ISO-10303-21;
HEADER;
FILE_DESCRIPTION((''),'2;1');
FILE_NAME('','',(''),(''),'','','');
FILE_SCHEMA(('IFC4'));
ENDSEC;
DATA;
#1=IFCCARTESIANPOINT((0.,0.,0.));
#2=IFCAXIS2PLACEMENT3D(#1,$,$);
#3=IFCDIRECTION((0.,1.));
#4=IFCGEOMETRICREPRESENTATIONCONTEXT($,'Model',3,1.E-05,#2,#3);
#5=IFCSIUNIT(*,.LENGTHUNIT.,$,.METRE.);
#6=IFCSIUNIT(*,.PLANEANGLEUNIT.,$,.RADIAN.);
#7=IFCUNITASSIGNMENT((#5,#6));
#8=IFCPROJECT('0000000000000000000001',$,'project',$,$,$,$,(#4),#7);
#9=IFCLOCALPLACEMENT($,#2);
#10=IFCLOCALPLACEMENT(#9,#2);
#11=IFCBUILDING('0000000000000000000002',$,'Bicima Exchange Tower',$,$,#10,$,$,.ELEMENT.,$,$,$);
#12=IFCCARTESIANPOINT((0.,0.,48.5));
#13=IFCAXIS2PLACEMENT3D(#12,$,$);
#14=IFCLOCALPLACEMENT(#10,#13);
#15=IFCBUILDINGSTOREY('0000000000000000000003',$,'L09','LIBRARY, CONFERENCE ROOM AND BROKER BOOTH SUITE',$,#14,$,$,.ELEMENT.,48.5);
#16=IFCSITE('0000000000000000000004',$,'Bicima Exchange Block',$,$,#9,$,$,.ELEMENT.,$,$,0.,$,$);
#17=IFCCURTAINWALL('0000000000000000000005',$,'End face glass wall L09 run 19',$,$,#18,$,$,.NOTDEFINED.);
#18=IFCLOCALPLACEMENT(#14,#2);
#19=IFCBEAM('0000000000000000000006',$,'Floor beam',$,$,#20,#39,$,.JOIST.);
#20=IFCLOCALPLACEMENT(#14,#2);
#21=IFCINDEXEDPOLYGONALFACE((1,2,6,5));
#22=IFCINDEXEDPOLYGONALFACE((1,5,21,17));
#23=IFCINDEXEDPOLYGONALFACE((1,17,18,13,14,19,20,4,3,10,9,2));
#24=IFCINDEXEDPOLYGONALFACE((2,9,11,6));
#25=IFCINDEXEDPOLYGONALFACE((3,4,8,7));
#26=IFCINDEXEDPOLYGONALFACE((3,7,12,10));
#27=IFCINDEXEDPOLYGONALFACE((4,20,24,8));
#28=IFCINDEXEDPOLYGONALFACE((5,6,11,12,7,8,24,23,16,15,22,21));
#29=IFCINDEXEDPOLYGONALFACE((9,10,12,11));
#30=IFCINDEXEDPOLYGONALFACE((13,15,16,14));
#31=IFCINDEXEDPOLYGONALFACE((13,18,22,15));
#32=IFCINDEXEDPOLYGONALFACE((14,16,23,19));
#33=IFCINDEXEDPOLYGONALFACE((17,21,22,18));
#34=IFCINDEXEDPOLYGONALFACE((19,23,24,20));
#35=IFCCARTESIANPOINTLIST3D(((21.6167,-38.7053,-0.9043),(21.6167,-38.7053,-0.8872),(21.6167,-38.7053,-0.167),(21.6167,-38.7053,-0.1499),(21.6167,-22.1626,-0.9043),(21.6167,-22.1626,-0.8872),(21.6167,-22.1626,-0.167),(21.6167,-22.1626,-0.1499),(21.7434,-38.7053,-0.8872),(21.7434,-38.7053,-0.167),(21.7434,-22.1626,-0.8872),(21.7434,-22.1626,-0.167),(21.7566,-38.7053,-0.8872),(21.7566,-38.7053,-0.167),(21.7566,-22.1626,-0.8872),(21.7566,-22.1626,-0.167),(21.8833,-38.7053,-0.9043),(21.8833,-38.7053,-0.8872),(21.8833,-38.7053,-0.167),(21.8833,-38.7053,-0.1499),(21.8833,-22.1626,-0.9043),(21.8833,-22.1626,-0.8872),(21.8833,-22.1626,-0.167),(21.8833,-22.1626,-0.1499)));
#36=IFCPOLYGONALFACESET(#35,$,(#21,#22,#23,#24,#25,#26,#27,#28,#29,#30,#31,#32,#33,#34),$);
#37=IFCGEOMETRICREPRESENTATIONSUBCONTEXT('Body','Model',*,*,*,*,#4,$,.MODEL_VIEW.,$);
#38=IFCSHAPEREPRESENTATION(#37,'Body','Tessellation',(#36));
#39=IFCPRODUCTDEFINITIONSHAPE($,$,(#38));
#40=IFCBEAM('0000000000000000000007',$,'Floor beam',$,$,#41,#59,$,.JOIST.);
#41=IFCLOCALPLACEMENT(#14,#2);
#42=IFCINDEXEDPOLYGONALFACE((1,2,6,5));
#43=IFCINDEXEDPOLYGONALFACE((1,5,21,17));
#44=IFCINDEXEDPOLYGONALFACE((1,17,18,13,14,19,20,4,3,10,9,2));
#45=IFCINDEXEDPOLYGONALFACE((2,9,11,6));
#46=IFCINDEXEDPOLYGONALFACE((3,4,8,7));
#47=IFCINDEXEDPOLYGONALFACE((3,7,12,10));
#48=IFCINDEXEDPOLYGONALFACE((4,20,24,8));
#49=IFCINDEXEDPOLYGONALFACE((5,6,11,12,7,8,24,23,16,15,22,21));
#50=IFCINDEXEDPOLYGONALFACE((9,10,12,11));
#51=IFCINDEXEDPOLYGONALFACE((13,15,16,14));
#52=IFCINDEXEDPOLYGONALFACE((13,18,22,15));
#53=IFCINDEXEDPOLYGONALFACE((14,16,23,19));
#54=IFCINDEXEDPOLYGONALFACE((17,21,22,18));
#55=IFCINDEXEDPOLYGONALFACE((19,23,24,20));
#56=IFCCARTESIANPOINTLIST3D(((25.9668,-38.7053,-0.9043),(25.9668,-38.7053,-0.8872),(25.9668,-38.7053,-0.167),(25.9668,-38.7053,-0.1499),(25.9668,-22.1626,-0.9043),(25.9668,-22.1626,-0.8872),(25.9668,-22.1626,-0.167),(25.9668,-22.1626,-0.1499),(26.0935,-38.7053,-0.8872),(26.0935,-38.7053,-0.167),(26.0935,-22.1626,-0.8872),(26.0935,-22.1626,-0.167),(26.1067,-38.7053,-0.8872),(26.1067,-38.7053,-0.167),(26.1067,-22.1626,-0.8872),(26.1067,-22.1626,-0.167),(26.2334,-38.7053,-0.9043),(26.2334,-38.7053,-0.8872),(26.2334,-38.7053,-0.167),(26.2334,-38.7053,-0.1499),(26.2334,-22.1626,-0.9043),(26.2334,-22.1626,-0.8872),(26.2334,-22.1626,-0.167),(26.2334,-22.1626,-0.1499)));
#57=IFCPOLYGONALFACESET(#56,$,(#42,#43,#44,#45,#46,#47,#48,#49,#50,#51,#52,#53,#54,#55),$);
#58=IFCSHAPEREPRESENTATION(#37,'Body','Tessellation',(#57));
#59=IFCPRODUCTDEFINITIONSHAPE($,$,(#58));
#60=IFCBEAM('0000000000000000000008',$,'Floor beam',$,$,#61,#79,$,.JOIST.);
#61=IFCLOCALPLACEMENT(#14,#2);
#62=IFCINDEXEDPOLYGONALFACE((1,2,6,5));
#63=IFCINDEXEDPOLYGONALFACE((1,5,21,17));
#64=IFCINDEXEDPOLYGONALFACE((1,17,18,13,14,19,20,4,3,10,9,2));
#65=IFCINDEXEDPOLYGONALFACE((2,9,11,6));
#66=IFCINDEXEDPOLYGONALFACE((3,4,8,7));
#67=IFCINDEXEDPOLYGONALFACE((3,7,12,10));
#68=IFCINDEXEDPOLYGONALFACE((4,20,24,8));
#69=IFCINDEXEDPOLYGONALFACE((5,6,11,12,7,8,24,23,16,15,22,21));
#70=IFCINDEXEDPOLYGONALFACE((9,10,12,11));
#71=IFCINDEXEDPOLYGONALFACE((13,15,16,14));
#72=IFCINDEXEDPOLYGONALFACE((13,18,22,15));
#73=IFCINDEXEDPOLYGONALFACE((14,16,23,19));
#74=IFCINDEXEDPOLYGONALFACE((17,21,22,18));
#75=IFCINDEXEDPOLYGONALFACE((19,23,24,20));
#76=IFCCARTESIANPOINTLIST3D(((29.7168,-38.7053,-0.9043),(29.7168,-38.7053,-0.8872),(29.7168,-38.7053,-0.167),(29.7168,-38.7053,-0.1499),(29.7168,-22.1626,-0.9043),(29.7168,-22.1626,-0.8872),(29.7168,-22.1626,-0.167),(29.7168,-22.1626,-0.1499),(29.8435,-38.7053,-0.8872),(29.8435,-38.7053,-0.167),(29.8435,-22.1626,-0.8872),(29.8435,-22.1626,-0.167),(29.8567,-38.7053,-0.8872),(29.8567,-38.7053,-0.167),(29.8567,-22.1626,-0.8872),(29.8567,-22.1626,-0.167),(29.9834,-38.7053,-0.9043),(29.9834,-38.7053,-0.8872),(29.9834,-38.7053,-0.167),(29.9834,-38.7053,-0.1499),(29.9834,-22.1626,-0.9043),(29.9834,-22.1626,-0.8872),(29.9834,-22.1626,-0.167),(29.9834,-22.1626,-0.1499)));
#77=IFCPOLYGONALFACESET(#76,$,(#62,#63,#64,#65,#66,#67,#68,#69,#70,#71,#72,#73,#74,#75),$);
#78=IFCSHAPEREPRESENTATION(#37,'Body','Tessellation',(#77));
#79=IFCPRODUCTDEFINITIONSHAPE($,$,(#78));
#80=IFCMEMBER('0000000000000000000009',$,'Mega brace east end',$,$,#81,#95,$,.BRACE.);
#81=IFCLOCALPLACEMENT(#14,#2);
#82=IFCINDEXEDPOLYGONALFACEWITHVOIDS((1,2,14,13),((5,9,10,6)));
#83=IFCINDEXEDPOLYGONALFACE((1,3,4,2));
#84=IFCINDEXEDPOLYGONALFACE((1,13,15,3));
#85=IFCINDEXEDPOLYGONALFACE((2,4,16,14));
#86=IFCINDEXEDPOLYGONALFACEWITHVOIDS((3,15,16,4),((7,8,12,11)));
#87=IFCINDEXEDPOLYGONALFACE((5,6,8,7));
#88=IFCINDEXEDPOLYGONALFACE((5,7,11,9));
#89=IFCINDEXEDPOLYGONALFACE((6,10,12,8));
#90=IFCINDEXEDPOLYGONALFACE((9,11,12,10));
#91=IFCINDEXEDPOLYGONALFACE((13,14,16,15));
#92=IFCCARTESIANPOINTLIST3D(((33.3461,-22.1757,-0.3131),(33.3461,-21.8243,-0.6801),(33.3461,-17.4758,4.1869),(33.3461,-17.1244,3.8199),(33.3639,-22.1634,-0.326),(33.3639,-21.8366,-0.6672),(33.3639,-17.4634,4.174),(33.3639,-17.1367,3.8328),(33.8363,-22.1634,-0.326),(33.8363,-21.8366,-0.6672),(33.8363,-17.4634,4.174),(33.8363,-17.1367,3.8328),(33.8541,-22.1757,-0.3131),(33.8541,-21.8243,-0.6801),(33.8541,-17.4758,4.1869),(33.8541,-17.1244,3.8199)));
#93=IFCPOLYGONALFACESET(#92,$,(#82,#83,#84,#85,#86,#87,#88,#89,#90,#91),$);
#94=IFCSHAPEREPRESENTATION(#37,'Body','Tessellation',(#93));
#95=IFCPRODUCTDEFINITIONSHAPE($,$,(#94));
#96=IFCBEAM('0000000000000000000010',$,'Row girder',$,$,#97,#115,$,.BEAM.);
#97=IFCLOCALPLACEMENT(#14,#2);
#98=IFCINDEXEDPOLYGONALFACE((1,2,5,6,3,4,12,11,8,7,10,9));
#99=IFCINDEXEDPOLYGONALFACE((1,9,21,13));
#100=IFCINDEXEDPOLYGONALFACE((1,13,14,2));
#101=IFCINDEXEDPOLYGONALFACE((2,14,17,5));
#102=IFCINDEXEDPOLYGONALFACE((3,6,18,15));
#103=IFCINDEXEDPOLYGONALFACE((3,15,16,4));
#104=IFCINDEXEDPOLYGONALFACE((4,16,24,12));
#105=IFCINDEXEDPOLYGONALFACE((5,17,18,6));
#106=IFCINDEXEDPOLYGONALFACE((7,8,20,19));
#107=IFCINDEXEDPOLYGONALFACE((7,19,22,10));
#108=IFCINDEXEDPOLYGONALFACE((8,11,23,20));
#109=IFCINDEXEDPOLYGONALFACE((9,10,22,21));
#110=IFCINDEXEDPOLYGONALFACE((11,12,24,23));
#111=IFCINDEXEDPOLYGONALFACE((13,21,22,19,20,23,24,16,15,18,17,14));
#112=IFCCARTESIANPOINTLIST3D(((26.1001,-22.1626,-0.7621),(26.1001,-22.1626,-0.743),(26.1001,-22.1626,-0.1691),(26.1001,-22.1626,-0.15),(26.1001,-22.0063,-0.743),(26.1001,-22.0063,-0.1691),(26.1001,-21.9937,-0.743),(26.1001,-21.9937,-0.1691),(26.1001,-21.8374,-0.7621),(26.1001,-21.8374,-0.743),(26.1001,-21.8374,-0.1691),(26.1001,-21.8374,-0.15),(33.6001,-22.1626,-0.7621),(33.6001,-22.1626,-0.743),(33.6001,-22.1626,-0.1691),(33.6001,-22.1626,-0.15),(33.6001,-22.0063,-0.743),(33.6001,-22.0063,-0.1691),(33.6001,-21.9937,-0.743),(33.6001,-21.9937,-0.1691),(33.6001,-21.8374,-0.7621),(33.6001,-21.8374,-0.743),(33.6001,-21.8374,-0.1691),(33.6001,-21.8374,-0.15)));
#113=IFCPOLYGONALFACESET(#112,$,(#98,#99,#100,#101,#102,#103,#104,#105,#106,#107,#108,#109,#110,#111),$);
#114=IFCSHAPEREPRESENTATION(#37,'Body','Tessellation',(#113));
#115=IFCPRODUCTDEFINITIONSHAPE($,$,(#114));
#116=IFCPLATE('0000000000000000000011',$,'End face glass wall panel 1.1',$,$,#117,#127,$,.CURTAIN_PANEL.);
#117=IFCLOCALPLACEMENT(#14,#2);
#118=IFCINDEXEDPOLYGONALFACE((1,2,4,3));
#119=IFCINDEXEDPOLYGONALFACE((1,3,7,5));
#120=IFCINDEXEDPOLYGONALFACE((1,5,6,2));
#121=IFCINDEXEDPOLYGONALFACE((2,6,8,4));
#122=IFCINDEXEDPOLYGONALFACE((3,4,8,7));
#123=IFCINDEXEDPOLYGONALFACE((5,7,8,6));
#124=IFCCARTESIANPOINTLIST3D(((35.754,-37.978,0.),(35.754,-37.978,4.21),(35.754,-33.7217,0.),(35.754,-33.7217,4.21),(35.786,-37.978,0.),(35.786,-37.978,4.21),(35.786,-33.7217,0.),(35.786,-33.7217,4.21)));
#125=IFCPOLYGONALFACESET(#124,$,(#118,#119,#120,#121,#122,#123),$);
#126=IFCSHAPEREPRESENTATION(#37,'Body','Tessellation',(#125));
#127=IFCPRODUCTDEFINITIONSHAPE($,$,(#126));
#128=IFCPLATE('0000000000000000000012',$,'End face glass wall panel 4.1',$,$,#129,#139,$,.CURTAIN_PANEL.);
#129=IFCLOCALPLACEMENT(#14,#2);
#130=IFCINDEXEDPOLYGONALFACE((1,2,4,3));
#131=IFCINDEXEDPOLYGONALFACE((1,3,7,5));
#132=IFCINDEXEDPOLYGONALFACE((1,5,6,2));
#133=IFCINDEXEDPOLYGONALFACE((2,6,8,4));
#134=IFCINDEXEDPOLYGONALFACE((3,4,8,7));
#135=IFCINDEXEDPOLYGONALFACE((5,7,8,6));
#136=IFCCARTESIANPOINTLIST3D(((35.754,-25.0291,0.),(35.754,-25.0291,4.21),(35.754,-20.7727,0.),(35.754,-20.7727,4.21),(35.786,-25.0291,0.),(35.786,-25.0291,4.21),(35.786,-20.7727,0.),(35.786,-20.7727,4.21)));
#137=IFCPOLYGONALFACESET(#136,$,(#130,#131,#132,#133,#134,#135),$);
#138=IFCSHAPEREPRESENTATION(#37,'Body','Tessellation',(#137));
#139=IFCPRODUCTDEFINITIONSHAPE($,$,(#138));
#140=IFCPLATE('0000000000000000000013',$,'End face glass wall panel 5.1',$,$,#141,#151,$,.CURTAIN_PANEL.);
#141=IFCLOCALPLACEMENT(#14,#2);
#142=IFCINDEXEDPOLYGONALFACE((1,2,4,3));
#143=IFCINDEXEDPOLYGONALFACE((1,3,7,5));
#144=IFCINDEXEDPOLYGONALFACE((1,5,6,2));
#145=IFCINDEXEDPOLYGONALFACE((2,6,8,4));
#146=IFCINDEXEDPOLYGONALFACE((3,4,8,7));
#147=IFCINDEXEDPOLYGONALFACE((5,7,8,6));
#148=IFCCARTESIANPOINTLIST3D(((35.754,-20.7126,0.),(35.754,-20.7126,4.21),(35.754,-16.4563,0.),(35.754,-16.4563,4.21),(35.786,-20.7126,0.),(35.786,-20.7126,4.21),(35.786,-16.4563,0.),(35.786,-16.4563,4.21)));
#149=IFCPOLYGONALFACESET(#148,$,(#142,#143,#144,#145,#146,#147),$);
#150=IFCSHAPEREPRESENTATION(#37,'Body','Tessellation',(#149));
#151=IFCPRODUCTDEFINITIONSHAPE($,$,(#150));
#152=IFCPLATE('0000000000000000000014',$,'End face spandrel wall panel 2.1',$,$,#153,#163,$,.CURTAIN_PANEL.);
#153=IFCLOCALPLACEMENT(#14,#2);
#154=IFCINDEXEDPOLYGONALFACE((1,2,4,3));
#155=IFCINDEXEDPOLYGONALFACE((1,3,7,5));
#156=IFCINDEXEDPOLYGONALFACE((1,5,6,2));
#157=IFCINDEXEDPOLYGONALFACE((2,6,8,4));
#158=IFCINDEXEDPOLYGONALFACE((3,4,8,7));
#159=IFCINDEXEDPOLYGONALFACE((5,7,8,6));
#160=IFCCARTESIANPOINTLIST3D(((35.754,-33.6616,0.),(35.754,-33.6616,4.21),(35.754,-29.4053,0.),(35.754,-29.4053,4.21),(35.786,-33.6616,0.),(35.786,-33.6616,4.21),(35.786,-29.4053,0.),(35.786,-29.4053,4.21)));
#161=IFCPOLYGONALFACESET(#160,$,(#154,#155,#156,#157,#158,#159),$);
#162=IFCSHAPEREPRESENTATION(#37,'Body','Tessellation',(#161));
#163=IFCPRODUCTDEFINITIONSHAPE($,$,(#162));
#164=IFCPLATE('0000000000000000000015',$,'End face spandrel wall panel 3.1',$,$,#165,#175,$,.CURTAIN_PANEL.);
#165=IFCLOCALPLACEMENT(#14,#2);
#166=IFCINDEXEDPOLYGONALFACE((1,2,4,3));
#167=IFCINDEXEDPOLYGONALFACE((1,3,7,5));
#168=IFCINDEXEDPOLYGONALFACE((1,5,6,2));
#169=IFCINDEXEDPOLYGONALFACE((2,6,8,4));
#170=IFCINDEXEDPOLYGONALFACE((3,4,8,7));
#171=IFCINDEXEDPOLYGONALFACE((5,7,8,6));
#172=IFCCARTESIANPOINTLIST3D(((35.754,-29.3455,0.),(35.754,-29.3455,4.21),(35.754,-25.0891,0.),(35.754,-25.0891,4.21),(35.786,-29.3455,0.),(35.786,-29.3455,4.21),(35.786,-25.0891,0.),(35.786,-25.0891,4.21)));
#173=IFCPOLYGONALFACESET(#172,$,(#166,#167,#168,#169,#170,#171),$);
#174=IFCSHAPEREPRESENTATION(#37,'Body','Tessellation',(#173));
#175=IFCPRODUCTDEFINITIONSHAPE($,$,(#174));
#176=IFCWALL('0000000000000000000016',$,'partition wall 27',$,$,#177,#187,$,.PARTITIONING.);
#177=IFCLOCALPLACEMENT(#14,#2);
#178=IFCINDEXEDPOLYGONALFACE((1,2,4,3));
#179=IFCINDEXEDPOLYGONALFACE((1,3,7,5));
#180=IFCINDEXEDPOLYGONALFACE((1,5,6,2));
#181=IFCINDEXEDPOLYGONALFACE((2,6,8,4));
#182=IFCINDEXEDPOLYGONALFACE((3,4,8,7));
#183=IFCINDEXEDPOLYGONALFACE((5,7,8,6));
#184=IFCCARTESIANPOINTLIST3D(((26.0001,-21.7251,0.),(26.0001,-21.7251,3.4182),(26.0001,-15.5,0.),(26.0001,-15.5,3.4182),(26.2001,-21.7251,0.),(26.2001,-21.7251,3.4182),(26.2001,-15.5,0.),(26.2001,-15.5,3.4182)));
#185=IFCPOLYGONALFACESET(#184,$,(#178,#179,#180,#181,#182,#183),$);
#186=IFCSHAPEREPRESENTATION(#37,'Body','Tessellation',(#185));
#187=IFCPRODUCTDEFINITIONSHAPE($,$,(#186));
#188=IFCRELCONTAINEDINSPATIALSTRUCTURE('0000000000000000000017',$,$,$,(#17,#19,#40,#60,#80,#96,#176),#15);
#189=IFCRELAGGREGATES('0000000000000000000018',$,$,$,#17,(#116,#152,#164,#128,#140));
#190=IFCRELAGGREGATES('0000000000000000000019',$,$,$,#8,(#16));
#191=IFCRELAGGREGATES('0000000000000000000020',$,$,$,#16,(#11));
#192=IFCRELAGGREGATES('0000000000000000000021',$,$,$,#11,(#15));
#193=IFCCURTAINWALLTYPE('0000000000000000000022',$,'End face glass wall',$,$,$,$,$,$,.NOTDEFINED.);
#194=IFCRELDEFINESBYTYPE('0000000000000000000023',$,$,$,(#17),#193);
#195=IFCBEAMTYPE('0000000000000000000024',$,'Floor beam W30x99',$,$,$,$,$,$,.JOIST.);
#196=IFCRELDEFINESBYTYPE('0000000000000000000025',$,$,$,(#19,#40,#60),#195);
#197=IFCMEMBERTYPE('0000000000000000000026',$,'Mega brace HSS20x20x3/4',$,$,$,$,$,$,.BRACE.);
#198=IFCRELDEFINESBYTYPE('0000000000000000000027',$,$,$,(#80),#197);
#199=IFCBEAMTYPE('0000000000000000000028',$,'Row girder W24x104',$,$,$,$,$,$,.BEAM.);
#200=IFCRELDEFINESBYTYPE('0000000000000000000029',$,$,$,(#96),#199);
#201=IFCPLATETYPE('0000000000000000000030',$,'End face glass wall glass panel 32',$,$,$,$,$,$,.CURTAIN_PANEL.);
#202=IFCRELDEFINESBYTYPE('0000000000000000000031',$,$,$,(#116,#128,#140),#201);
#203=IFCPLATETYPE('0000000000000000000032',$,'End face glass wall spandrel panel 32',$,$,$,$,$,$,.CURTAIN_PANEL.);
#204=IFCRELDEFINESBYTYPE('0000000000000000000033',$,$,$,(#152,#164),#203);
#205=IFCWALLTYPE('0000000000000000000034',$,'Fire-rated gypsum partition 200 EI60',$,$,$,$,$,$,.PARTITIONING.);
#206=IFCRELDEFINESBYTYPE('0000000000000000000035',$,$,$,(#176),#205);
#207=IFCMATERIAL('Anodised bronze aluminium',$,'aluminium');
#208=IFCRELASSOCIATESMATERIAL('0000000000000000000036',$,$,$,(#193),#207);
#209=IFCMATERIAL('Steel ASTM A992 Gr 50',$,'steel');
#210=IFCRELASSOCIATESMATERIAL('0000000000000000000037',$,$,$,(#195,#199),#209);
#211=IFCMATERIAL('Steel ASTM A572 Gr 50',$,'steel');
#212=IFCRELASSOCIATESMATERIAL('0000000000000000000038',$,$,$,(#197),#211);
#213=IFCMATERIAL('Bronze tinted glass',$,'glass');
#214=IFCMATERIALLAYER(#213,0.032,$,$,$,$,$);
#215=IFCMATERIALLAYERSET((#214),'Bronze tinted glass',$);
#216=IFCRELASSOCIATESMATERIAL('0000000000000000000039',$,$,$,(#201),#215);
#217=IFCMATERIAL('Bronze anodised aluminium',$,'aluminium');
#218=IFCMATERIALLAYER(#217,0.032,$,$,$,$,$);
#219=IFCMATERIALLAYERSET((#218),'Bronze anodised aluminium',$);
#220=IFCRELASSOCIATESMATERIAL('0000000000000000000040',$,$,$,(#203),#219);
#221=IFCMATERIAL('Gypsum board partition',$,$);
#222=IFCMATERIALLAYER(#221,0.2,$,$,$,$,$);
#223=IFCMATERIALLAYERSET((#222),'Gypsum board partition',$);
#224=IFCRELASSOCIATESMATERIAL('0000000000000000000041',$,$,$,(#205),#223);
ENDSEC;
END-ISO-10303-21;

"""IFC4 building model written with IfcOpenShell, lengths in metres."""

from ifc_helpers import new_model, si_unit, direction, frame, frame_2d, origin, origin_2d, place, context, subcontext, project, spatial, rectangle, hollow_rectangle, i_section, extrude, material, layer, layer_set, material_profile, profile_set, type_object, element, aggregate, save


model = new_model("IFC4")

# Units and contexts
model_context = context("Model", 3, precision=1e-05, world=origin(), true_north=direction((0.0, 1.0)))
body_context = subcontext(model_context, "Body", "Model", "MODEL_VIEW")
ifc_project = project(units=[si_unit("LENGTHUNIT", "METRE"), si_unit("PLANEANGLEUNIT", "RADIAN")], contexts=[model_context])

# Site, building, storey
site_placement = place(None, origin())
site = spatial("IfcSite", under=ifc_project, at=site_placement, Name="Bicima Exchange Block", CompositionType="ELEMENT", RefElevation=0.0)
building_placement = place(site_placement, origin())
building = spatial("IfcBuilding", under=site, at=building_placement, Name="Bicima Exchange Tower", CompositionType="ELEMENT")
storey_placement = place(building_placement, frame((0.0, 0.0, 48.5)))
storey = spatial("IfcBuildingStorey", under=building, at=storey_placement, Name="L09", Description="LIBRARY, CONFERENCE ROOM AND BROKER BOOTH SUITE", CompositionType="ELEMENT", Elevation=48.5)

# Shared definitions
ifc_material_1 = material(Name="Steel ASTM A992 Gr 50", Category="steel")

# Curtain wall
ifc_material_2 = material(Name="Anodised bronze aluminium", Category="aluminium")
curtain_wall_type = type_object("IfcCurtainWallType", Name="End face glass wall", PredefinedType="NOTDEFINED", material=ifc_material_2)
curtain_wall_placement = place(storey_placement, origin())
curtain_wall = element("IfcCurtainWall", 1, at=curtain_wall_placement, inside=storey, type_object=curtain_wall_type, Name="End face glass wall L09 run 19", PredefinedType="NOTDEFINED")

# Beams
ifc_material_profile_1 = material_profile(ifc_material_1, i_section(OverallWidth=0.2666, OverallDepth=0.7544, WebThickness=0.0132, FlangeThickness=0.0171, at=origin_2d()))
ifc_profile_set_1 = profile_set([ifc_material_profile_1], Name="Steel ASTM A992 Gr 50")
beam_type_1 = type_object("IfcBeamType", Name="Floor beam W30x99", PredefinedType="JOIST", material=ifc_profile_set_1)
for number, where, z_axis, x_axis, name in (
    (2, (21.75, -22.1626, -0.5271), (0.0, -1.0, 0.0), (1.0, 0.0, 0.0), "Floor beam"),
    (3, (26.1001, -22.1626, -0.5271), (0.0, -1.0, 0.0), (1.0, 0.0, 0.0), "Floor beam"),
    (4, (29.8501, -22.1626, -0.5271), (0.0, -1.0, 0.0), (1.0, 0.0, 0.0), "Floor beam"),
):
    element("IfcBeam", number, at=place(storey_placement, frame(where, z_axis=z_axis, x_axis=x_axis)), inside=storey, type_object=beam_type_1, Name=name, PredefinedType="JOIST", context=body_context, shape_type="SweptSolid", body=[
        extrude(i_section(OverallWidth=0.2666, OverallDepth=0.7544, WebThickness=0.0132, FlangeThickness=0.0171, at=origin_2d()), origin(), (0.0, 0.0, 1.0), 16.5427),
    ])

# Member
ifc_material_3 = material(Name="Steel ASTM A572 Gr 50", Category="steel")
ifc_material_profile_2 = material_profile(ifc_material_3, hollow_rectangle(XDim=0.5081, YDim=0.5081, WallThickness=0.0178, at=origin_2d()))
ifc_profile_set_2 = profile_set([ifc_material_profile_2], Name="Steel ASTM A572 Gr 50")
member_type_1 = type_object("IfcMemberType", Name="Mega brace HSS20x20x3/4", PredefinedType="BRACE", material=ifc_profile_set_2)
member_1_placement = place(storey_placement, frame((33.6001, -22.0, -0.4966), z_axis=(0.0, 0.722304, 0.691575), x_axis=(-1.0, 0.0, 0.0)))
element("IfcMember", 5, at=member_1_placement, inside=storey, type_object=member_type_1, Name="Mega brace east end", PredefinedType="BRACE", context=body_context, shape_type="SweptSolid", body=[
    extrude(hollow_rectangle(XDim=0.5081, YDim=0.5081, WallThickness=0.0178, at=origin_2d()), origin(), (0.0, 0.0, 1.0), 6.5068),
])

# Beam
ifc_material_profile_3 = material_profile(ifc_material_1, i_section(OverallWidth=0.3252, OverallDepth=0.6121, WebThickness=0.0127, FlangeThickness=0.019, at=origin_2d()))
ifc_profile_set_3 = profile_set([ifc_material_profile_3], Name="Steel ASTM A992 Gr 50")
beam_type_2 = type_object("IfcBeamType", Name="Row girder W24x104", PredefinedType="BEAM", material=ifc_profile_set_3)
beam_1_placement = place(storey_placement, frame((26.1001, -22.0, -0.4561), z_axis=(1.0, 0.0, 0.0), x_axis=(0.0, 1.0, 0.0)))
element("IfcBeam", 6, at=beam_1_placement, inside=storey, type_object=beam_type_2, Name="Row girder", PredefinedType="BEAM", context=body_context, shape_type="SweptSolid", body=[
    extrude(i_section(OverallWidth=0.3252, OverallDepth=0.6121, WebThickness=0.0127, FlangeThickness=0.019, at=origin_2d()), origin(), (0.0, 0.0, 1.0), 7.5),
])

# Plates
ifc_material_4 = material(Name="Bronze tinted glass", Category="glass")
ifc_layer_1 = layer(ifc_material_4, 0.032)
ifc_layer_set_1 = layer_set([ifc_layer_1], Name="Bronze tinted glass")
plate_type_1 = type_object("IfcPlateType", Name="End face glass wall glass panel 32", PredefinedType="CURTAIN_PANEL", material=ifc_layer_set_1)
plate_1_placement = place(storey_placement, frame((35.77, -35.8499, 0.0), z_axis=(0.0, 0.0, 1.0), x_axis=(0.0, 1.0, 0.0)))
plate_1 = element("IfcPlate", 7, at=plate_1_placement, type_object=plate_type_1, Name="End face glass wall panel 1.1", PredefinedType="CURTAIN_PANEL", context=body_context, shape_type="SweptSolid", body=[
    extrude(rectangle(XDim=4.2563, YDim=0.032, at=origin_2d()), origin(), (0.0, 0.0, 1.0), 4.21),
])
plate_2_placement = place(storey_placement, frame((35.77, -22.9009, 0.0), z_axis=(0.0, 0.0, 1.0), x_axis=(0.0, 1.0, 0.0)))
plate_2 = element("IfcPlate", 8, at=plate_2_placement, type_object=plate_type_1, Name="End face glass wall panel 4.1", PredefinedType="CURTAIN_PANEL", context=body_context, shape_type="SweptSolid", body=[
    extrude(rectangle(XDim=4.2563, YDim=0.032, at=origin_2d()), origin(), (0.0, 0.0, 1.0), 4.21),
])
plate_3_placement = place(storey_placement, frame((35.77, -18.5845, 0.0), z_axis=(0.0, 0.0, 1.0), x_axis=(0.0, 1.0, 0.0)))
plate_3 = element("IfcPlate", 9, at=plate_3_placement, type_object=plate_type_1, Name="End face glass wall panel 5.1", PredefinedType="CURTAIN_PANEL", context=body_context, shape_type="SweptSolid", body=[
    extrude(rectangle(XDim=4.2563, YDim=0.032, at=origin_2d()), origin(), (0.0, 0.0, 1.0), 4.21),
])
ifc_material_5 = material(Name="Bronze anodised aluminium", Category="aluminium")
ifc_layer_2 = layer(ifc_material_5, 0.032)
ifc_layer_set_2 = layer_set([ifc_layer_2], Name="Bronze anodised aluminium")
plate_type_2 = type_object("IfcPlateType", Name="End face glass wall spandrel panel 32", PredefinedType="CURTAIN_PANEL", material=ifc_layer_set_2)
plate_4_placement = place(storey_placement, frame((35.77, -31.5334, 0.0), z_axis=(0.0, 0.0, 1.0), x_axis=(0.0, 1.0, 0.0)))
plate_4 = element("IfcPlate", 10, at=plate_4_placement, type_object=plate_type_2, Name="End face spandrel wall panel 2.1", PredefinedType="CURTAIN_PANEL", context=body_context, shape_type="SweptSolid", body=[
    extrude(rectangle(XDim=4.2563, YDim=0.032, at=origin_2d()), origin(), (0.0, 0.0, 1.0), 4.21),
])
plate_5_placement = place(storey_placement, frame((35.77, -27.2173, 0.0), z_axis=(0.0, 0.0, 1.0), x_axis=(0.0, 1.0, 0.0)))
plate_5 = element("IfcPlate", 11, at=plate_5_placement, type_object=plate_type_2, Name="End face spandrel wall panel 3.1", PredefinedType="CURTAIN_PANEL", context=body_context, shape_type="SweptSolid", body=[
    extrude(rectangle(XDim=4.2563, YDim=0.032, at=origin_2d()), origin(), (0.0, 0.0, 1.0), 4.21),
])
aggregate(curtain_wall, [plate_1, plate_4, plate_5, plate_2, plate_3])

# Wall
ifc_material_6 = material(Name="Gypsum board partition")
ifc_layer_3 = layer(ifc_material_6, 0.2)
ifc_layer_set_3 = layer_set([ifc_layer_3], Name="Gypsum board partition")
wall_type_1 = type_object("IfcWallType", Name="Fire-rated gypsum partition 200 EI60", PredefinedType="PARTITIONING", material=ifc_layer_set_3)
wall_placement = place(storey_placement, frame((26.1001, -21.7251, 0.0), z_axis=(0.0, 0.0, 1.0), x_axis=(0.0, 1.0, 0.0)))
element("IfcWall", 12, at=wall_placement, inside=storey, type_object=wall_type_1, Name="partition wall 27", PredefinedType="PARTITIONING", context=body_context, shape_type="SweptSolid", body=[
    extrude(rectangle(XDim=6.2251, YDim=0.2, at=frame_2d((3.1125, 0.0))), origin(), (0.0, 0.0, 1.0), 3.4182),
])

save(model, "model.ifc")
